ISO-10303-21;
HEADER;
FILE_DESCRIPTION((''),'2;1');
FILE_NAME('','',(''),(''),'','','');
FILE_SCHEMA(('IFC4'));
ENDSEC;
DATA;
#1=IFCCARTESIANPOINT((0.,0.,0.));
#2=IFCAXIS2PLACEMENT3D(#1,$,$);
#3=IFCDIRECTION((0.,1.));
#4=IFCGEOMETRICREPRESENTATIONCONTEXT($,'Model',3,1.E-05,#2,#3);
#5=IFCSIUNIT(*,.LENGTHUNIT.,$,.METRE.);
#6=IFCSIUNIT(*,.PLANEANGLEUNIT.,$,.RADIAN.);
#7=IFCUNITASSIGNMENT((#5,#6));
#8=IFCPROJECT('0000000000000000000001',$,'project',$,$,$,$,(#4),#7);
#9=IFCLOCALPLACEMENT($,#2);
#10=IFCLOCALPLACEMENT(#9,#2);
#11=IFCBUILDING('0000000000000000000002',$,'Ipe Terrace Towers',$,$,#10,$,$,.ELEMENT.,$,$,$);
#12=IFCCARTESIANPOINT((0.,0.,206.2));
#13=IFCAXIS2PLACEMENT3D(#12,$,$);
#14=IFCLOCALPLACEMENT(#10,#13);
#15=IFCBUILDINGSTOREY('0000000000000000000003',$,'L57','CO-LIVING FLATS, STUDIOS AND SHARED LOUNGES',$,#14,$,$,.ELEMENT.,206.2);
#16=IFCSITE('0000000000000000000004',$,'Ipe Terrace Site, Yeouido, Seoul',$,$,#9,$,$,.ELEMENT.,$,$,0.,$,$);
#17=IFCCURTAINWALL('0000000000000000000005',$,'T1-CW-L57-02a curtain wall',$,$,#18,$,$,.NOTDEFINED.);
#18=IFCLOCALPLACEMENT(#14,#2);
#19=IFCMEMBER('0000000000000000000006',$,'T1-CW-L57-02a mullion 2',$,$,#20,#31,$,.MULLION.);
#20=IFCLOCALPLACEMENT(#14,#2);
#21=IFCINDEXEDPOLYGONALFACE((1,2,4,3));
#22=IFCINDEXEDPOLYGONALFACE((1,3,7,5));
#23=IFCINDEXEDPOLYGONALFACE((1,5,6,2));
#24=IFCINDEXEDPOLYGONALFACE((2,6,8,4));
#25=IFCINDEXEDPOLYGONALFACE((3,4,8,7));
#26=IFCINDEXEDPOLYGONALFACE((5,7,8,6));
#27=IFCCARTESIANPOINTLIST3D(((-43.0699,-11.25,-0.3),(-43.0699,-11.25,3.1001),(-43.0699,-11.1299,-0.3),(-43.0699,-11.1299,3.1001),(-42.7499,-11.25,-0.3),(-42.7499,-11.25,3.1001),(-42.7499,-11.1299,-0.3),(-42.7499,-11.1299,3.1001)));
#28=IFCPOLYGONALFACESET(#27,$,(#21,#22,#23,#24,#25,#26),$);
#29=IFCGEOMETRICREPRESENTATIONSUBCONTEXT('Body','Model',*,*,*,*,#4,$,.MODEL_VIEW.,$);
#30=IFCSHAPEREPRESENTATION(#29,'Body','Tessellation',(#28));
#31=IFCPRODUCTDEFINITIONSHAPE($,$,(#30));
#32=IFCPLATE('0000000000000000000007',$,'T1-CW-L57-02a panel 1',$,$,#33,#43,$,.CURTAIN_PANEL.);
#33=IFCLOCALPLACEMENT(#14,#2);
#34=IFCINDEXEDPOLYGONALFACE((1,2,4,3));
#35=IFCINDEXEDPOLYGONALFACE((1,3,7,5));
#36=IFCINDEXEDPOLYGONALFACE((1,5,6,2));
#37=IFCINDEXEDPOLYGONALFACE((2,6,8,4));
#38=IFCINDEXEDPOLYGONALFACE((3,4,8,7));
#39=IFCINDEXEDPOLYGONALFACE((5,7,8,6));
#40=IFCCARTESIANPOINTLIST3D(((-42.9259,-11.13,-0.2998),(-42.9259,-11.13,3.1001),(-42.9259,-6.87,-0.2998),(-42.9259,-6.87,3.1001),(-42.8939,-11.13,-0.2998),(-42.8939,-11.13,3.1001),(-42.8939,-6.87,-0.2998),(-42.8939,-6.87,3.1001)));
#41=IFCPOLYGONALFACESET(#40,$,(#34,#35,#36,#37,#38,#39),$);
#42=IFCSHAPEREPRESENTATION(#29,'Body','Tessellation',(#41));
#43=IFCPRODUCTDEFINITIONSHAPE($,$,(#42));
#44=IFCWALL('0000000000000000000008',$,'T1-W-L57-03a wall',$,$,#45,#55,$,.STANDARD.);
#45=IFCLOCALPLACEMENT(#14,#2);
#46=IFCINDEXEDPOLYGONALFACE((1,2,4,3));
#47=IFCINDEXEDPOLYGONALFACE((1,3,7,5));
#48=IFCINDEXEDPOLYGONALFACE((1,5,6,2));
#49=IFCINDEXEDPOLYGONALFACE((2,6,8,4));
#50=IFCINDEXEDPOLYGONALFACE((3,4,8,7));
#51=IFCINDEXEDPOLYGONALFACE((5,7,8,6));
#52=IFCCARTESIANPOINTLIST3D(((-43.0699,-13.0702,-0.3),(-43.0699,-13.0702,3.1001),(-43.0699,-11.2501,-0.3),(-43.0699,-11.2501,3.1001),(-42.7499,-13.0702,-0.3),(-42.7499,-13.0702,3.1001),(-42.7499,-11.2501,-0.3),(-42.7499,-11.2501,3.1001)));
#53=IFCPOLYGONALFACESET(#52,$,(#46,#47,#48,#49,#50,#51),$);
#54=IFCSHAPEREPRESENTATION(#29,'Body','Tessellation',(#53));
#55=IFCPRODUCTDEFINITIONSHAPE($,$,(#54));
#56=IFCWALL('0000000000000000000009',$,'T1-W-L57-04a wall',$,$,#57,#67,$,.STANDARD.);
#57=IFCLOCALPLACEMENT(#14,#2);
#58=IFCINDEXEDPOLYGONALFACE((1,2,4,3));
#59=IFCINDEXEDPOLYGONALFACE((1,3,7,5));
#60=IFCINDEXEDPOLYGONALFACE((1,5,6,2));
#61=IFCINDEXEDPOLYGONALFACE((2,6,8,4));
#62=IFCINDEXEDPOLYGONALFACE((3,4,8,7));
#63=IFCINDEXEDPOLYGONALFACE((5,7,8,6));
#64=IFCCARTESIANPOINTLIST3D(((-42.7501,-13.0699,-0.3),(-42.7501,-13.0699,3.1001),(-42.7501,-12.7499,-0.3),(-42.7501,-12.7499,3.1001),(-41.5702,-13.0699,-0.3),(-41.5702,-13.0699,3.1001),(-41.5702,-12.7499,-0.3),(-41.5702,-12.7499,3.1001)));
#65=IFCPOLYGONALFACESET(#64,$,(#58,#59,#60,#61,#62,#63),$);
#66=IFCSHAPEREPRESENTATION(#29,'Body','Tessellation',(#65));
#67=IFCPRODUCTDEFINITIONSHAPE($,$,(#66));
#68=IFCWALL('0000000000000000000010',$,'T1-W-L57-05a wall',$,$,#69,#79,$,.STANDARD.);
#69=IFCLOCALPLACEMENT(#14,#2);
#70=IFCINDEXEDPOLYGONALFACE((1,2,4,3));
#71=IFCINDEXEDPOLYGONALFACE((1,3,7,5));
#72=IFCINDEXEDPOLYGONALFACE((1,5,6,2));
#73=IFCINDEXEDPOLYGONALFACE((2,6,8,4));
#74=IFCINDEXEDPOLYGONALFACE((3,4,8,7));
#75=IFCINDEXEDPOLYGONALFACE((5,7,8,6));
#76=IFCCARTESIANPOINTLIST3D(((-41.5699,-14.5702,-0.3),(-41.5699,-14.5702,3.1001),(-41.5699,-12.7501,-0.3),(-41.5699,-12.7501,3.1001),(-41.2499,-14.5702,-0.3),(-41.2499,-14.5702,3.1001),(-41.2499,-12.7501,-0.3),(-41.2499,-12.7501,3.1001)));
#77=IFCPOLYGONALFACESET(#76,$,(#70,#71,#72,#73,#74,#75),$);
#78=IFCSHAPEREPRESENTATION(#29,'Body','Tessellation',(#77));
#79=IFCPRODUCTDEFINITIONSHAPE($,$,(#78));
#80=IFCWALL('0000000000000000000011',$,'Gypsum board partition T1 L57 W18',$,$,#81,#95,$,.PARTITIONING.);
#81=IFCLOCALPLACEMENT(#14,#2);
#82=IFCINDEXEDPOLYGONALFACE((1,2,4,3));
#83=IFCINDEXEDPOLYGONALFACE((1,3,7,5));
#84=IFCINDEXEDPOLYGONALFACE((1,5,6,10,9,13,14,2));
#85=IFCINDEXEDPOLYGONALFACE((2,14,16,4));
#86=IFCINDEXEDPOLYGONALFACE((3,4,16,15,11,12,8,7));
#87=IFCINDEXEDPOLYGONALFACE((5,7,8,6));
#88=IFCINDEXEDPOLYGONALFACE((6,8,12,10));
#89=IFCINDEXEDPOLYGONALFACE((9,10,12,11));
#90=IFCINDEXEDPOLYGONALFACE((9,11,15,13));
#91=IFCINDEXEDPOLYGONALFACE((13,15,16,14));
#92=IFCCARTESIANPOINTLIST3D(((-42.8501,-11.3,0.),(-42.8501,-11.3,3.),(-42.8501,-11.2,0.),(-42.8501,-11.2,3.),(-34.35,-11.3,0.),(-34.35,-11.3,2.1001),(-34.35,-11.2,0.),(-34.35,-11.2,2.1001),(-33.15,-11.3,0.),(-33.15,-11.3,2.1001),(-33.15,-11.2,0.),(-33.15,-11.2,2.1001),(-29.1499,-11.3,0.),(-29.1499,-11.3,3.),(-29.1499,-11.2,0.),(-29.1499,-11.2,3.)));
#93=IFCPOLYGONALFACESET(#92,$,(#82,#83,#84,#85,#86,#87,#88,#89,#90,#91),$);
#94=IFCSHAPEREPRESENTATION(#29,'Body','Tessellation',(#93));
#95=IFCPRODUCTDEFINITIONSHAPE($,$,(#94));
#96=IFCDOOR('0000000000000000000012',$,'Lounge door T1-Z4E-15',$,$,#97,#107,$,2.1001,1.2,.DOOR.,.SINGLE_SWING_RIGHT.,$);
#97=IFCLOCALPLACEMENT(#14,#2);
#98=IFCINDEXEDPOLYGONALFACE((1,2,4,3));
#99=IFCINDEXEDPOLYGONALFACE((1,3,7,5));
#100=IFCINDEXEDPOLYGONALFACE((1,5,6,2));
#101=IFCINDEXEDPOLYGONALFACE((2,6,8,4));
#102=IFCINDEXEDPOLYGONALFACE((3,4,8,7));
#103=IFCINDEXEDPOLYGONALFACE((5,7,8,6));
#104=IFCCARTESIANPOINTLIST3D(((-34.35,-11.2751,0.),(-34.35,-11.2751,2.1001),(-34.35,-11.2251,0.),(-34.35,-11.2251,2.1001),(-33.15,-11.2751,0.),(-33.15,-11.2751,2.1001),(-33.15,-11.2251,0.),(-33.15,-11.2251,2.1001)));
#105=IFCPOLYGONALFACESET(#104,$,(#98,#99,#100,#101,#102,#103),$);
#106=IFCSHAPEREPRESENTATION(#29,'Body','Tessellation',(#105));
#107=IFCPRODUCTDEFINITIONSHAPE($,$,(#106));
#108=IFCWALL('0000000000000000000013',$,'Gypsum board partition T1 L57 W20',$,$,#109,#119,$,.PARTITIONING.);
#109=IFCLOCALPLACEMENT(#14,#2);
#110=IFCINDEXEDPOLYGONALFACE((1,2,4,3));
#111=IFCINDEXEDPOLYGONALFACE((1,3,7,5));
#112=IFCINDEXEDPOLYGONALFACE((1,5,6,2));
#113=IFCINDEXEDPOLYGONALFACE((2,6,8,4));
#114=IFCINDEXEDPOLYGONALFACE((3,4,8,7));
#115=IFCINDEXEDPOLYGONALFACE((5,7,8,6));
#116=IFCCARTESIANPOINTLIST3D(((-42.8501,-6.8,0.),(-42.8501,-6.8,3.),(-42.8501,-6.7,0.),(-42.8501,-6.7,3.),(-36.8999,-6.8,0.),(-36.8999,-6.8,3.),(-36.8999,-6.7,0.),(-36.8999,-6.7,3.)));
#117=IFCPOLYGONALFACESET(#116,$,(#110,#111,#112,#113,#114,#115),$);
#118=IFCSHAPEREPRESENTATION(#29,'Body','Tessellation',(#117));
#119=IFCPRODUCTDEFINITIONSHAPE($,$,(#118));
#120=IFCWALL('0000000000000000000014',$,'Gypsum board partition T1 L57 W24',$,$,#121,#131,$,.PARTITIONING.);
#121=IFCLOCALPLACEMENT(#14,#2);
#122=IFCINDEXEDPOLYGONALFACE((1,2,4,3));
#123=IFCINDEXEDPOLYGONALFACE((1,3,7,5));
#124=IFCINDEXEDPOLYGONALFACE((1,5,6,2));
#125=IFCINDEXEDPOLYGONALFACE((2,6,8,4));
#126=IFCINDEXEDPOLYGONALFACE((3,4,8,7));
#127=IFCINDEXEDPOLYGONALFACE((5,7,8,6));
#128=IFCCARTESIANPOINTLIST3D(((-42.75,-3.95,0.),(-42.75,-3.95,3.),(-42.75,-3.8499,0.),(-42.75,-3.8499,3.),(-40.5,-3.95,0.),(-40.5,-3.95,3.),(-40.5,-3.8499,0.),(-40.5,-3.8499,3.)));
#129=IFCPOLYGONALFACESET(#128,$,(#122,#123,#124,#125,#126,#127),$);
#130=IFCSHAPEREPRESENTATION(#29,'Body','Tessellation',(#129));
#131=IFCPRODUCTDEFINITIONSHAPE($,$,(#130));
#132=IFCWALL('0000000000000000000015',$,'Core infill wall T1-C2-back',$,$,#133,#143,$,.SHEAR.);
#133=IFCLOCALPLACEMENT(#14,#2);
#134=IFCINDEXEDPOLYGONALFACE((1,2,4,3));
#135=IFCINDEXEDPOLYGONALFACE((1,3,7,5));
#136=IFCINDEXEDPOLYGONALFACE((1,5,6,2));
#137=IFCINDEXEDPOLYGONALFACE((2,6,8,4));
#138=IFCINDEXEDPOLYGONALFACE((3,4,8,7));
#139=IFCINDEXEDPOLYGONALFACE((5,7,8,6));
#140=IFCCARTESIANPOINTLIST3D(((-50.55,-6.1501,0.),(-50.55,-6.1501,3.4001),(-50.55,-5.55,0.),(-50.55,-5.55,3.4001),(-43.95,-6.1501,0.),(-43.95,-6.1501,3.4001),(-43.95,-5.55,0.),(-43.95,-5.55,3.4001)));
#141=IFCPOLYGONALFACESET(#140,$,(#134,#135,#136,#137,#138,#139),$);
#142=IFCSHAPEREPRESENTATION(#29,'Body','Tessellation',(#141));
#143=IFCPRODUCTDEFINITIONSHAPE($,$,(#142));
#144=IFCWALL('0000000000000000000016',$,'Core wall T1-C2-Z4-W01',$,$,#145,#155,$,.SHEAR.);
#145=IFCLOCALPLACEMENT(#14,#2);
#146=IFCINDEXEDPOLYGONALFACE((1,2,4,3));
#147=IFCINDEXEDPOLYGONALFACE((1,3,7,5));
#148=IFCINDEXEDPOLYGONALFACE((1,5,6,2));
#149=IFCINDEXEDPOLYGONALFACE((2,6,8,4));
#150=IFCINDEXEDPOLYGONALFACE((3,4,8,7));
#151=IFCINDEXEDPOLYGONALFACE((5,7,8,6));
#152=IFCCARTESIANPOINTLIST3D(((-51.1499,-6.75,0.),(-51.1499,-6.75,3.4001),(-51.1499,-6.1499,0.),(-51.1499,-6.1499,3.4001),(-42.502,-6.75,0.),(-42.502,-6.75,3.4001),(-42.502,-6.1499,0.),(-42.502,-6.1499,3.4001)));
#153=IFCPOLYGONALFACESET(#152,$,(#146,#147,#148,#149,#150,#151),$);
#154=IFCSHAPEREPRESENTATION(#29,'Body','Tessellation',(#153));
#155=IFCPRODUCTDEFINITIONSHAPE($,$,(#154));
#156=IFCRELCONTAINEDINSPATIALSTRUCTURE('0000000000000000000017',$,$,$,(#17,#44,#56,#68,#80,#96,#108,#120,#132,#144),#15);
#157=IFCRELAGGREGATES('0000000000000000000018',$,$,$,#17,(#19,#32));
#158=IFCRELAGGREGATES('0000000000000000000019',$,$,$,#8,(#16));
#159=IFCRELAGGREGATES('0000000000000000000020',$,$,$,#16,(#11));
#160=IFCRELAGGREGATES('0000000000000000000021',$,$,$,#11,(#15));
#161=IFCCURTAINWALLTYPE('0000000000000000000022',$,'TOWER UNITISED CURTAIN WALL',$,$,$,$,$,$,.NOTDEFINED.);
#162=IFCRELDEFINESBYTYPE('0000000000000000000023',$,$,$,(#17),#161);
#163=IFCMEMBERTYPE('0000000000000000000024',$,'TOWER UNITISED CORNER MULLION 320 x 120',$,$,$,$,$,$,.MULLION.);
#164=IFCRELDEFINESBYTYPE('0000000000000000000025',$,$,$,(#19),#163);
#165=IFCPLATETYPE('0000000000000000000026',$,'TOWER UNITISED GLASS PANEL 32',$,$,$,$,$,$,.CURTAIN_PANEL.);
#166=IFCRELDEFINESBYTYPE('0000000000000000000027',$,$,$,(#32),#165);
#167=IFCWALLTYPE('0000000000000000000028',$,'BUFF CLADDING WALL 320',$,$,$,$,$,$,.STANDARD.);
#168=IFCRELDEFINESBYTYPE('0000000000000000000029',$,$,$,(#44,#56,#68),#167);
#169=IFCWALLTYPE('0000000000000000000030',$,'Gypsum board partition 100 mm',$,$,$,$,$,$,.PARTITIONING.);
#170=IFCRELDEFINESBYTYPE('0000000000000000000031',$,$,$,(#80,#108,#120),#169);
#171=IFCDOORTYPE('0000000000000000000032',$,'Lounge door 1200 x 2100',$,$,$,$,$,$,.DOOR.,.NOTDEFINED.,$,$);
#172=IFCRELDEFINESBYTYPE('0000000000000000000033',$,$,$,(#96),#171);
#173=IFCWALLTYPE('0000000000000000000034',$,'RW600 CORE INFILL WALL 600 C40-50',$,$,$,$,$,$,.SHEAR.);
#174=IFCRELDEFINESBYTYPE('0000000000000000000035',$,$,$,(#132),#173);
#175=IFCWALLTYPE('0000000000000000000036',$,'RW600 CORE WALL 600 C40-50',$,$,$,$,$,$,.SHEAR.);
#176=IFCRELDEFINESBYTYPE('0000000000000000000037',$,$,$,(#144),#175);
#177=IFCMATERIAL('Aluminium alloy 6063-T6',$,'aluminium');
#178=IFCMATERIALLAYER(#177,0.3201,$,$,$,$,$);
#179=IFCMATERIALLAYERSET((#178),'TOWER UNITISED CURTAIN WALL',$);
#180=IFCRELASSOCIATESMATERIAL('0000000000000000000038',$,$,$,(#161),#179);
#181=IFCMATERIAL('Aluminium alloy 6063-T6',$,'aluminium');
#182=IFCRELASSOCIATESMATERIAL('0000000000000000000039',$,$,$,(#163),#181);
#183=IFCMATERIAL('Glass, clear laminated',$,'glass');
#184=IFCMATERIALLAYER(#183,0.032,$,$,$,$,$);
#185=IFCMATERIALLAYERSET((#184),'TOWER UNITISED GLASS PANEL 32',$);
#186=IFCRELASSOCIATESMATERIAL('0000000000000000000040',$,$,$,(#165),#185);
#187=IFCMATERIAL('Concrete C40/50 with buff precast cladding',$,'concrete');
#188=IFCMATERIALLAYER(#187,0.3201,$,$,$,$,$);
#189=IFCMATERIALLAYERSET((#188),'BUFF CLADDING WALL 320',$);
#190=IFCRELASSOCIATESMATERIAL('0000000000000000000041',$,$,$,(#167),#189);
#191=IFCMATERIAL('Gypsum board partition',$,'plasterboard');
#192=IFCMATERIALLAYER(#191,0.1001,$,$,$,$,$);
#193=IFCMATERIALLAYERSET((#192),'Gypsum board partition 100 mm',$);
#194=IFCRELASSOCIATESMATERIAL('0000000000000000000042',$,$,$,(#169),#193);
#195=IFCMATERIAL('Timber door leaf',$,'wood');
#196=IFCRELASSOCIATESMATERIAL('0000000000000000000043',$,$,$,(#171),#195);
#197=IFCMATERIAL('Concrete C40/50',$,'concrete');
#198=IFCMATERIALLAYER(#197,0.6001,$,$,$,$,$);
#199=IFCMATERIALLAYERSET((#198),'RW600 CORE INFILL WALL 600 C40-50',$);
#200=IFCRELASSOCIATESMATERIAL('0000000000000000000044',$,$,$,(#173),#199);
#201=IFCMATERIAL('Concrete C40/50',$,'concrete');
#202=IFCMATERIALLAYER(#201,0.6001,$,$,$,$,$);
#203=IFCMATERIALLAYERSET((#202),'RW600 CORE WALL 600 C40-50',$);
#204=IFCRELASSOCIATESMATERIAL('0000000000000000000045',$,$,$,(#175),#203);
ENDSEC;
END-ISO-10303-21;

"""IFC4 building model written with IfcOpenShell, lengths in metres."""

from ifc_helpers import new_model, si_unit, direction, frame, frame_2d, origin, origin_2d, place, context, subcontext, project, spatial, rectangle, extrude, material, layer, layer_set, material_profile, profile_set, type_object, element, fill, aggregate, save


model = new_model("IFC4")

# Units and contexts
model_context = context("Model", 3, precision=1e-05, world=origin(), true_north=direction((0.0, 1.0)))
body_context = subcontext(model_context, "Body", "Model", "MODEL_VIEW")
ifc_project = project(units=[si_unit("LENGTHUNIT", "METRE"), si_unit("PLANEANGLEUNIT", "RADIAN")], contexts=[model_context])

# Site, building, storey
site_placement = place(None, origin())
site = spatial("IfcSite", under=ifc_project, at=site_placement, Name="Ipe Terrace Site, Yeouido, Seoul", CompositionType="ELEMENT", RefElevation=0.0)
building_placement = place(site_placement, origin())
building = spatial("IfcBuilding", under=site, at=building_placement, Name="Ipe Terrace Towers", CompositionType="ELEMENT")
storey_placement = place(building_placement, frame((0.0, 0.0, 206.2)))
storey = spatial("IfcBuildingStorey", under=building, at=storey_placement, Name="L57", Description="CO-LIVING FLATS, STUDIOS AND SHARED LOUNGES", CompositionType="ELEMENT", Elevation=206.2)

# Curtain wall, member, plate
ifc_material_1 = material(Name="Aluminium alloy 6063-T6", Category="aluminium")
ifc_layer_1 = layer(ifc_material_1, 0.3201)
ifc_layer_set_1 = layer_set([ifc_layer_1], Name="TOWER UNITISED CURTAIN WALL")
curtain_wall_type = type_object("IfcCurtainWallType", Name="TOWER UNITISED CURTAIN WALL", PredefinedType="NOTDEFINED", material=ifc_layer_set_1)
curtain_wall_placement = place(storey_placement, origin())
curtain_wall = element("IfcCurtainWall", 1, at=curtain_wall_placement, inside=storey, type_object=curtain_wall_type, Name="T1-CW-L57-02a curtain wall", PredefinedType="NOTDEFINED")
ifc_material_2 = material(Name="Aluminium alloy 6063-T6", Category="aluminium")
ifc_material_profile_1 = material_profile(ifc_material_2, rectangle(XDim=0.3201, YDim=0.1201, at=origin_2d()), Name="TOWER UNITISED CORNER MULLION 320 x 120")
ifc_profile_set_1 = profile_set([ifc_material_profile_1], Name="Aluminium alloy 6063-T6")
member_type = type_object("IfcMemberType", Name="TOWER UNITISED CORNER MULLION 320 x 120", PredefinedType="MULLION", material=ifc_profile_set_1)
member_1_placement = place(storey_placement, frame((-42.9099, -11.1899, -0.3), z_axis=(0.0, 0.0, 1.0), x_axis=(-1.0, 0.0, 0.0)))
member_1 = element("IfcMember", 2, at=member_1_placement, type_object=member_type, Name="T1-CW-L57-02a mullion 2", PredefinedType="MULLION", context=body_context, shape_type="SweptSolid", body=[
    extrude(rectangle(XDim=0.3201, YDim=0.1201, at=origin_2d()), origin(), (0.0, 0.0, 1.0), 3.4001),
])
ifc_material_3 = material(Name="Glass, clear laminated", Category="glass")
ifc_layer_2 = layer(ifc_material_3, 0.032)
ifc_layer_set_2 = layer_set([ifc_layer_2], Name="TOWER UNITISED GLASS PANEL 32")
plate_type = type_object("IfcPlateType", Name="TOWER UNITISED GLASS PANEL 32", PredefinedType="CURTAIN_PANEL", material=ifc_layer_set_2)
plate_placement = place(storey_placement, frame((-42.9099, -9.0, -0.2998), z_axis=(0.0, 0.0, 1.0), x_axis=(0.0, -1.0, 0.0)))
plate = element("IfcPlate", 3, at=plate_placement, type_object=plate_type, Name="T1-CW-L57-02a panel 1", PredefinedType="CURTAIN_PANEL", context=body_context, shape_type="SweptSolid", body=[
    extrude(rectangle(XDim=4.26, YDim=0.032, at=origin_2d()), origin(), (0.0, 0.0, 1.0), 3.3999),
])
aggregate(curtain_wall, [member_1, plate])

# Walls
ifc_material_4 = material(Name="Concrete C40/50 with buff precast cladding", Category="concrete")
ifc_layer_3 = layer(ifc_material_4, 0.3201)
ifc_layer_set_3 = layer_set([ifc_layer_3], Name="BUFF CLADDING WALL 320")
wall_type_1 = type_object("IfcWallType", Name="BUFF CLADDING WALL 320", PredefinedType="STANDARD", material=ifc_layer_set_3)
wall_1_placement = place(storey_placement, frame((-42.9099, -11.25, -0.3), z_axis=(0.0, 0.0, 1.0), x_axis=(0.0, -1.0, 0.0)))
element("IfcWall", 4, at=wall_1_placement, inside=storey, type_object=wall_type_1, Name="T1-W-L57-03a wall", PredefinedType="STANDARD", context=body_context, shape_type="SweptSolid", body=[
    extrude(rectangle(XDim=1.8201, YDim=0.3201, at=frame_2d((0.9102, 0.0))), origin(), (0.0, 0.0, 1.0), 3.4001),
])
wall_2_placement = place(storey_placement, frame((-42.75, -12.9099, -0.3), z_axis=(0.0, 0.0, 1.0), x_axis=(1.0, 0.0, 0.0)))
element("IfcWall", 5, at=wall_2_placement, inside=storey, type_object=wall_type_1, Name="T1-W-L57-04a wall", PredefinedType="STANDARD", context=body_context, shape_type="SweptSolid", body=[
    extrude(rectangle(XDim=1.1799, YDim=0.3201, at=frame_2d((0.5898, 0.0))), origin(), (0.0, 0.0, 1.0), 3.4001),
])
wall_3_placement = place(storey_placement, frame((-41.4099, -12.75, -0.3), z_axis=(0.0, 0.0, 1.0), x_axis=(0.0, -1.0, 0.0)))
element("IfcWall", 6, at=wall_3_placement, inside=storey, type_object=wall_type_1, Name="T1-W-L57-05a wall", PredefinedType="STANDARD", context=body_context, shape_type="SweptSolid", body=[
    extrude(rectangle(XDim=1.8201, YDim=0.3201, at=frame_2d((0.9102, 0.0))), origin(), (0.0, 0.0, 1.0), 3.4001),
])

# Wall, opening, door
ifc_material_5 = material(Name="Gypsum board partition", Category="plasterboard")
ifc_layer_4 = layer(ifc_material_5, 0.1001)
ifc_layer_set_4 = layer_set([ifc_layer_4], Name="Gypsum board partition 100 mm")
wall_type_2 = type_object("IfcWallType", Name="Gypsum board partition 100 mm", PredefinedType="PARTITIONING", material=ifc_layer_set_4)
wall_4_placement = place(storey_placement, frame((-42.8501, -11.25, 0.0), z_axis=(0.0, 0.0, 1.0), x_axis=(1.0, 0.0, 0.0)))
wall_4 = element("IfcWall", 7, at=wall_4_placement, inside=storey, type_object=wall_type_2, Name="Gypsum board partition T1 L57 W18", PredefinedType="PARTITIONING", context=body_context, shape_type="SweptSolid", body=[
    extrude(rectangle(XDim=13.7002, YDim=0.1001, at=frame_2d((6.8501, 0.0))), origin(), (0.0, 0.0, 1.0), 3.0),
])
opening_1_placement = place(wall_4_placement, frame((8.5, 0.0, 0.0)))
opening_1 = element("IfcOpeningElement", 8, at=opening_1_placement, cuts=wall_4, PredefinedType="OPENING", context=body_context, shape_type="SweptSolid", body=[
    extrude(rectangle(XDim=1.2, YDim=2.1001, at=frame_2d((0.6001, 1.05))), frame((0.0, 0.0601, 0.0), z_axis=(0.0, -1.0, 0.0), x_axis=(1.0, 0.0, 0.0)), (0.0, 0.0, 1.0), 0.1201),
])
ifc_material_6 = material(Name="Timber door leaf", Category="wood")
door_type_1 = type_object("IfcDoorType", Name="Lounge door 1200 x 2100", OperationType="NOTDEFINED", PredefinedType="DOOR", material=ifc_material_6)
door_1_placement = place(opening_1_placement, origin())
door_1 = element("IfcDoor", 9, at=door_1_placement, inside=storey, type_object=door_type_1, Name="Lounge door T1-Z4E-15", OperationType="SINGLE_SWING_RIGHT", OverallHeight=2.1001, OverallWidth=1.2, PredefinedType="DOOR", context=body_context, shape_type="SweptSolid", body=[
    extrude(rectangle(XDim=1.2, YDim=2.1001, at=frame_2d((0.6001, 1.05))), frame((0.0, 0.0249, 0.0), z_axis=(0.0, -1.0, 0.0), x_axis=(1.0, 0.0, 0.0)), (0.0, 0.0, 1.0), 0.05),
])
fill(opening_1, door_1)

# Walls
wall_5_placement = place(storey_placement, frame((-42.8501, -6.75, 0.0), z_axis=(0.0, 0.0, 1.0), x_axis=(1.0, 0.0, 0.0)))
element("IfcWall", 10, at=wall_5_placement, inside=storey, type_object=wall_type_2, Name="Gypsum board partition T1 L57 W20", PredefinedType="PARTITIONING", context=body_context, shape_type="SweptSolid", body=[
    extrude(rectangle(XDim=5.9502, YDim=0.1001, at=frame_2d((2.9751, 0.0))), origin(), (0.0, 0.0, 1.0), 3.0),
])
wall_6_placement = place(storey_placement, frame((-42.75, -3.8999, 0.0), z_axis=(0.0, 0.0, 1.0), x_axis=(1.0, 0.0, 0.0)))
element("IfcWall", 11, at=wall_6_placement, inside=storey, type_object=wall_type_2, Name="Gypsum board partition T1 L57 W24", PredefinedType="PARTITIONING", context=body_context, shape_type="SweptSolid", body=[
    extrude(rectangle(XDim=2.25, YDim=0.1001, at=frame_2d((1.125, 0.0))), origin(), (0.0, 0.0, 1.0), 3.0),
])
ifc_material_7 = material(Name="Concrete C40/50", Category="concrete")
ifc_layer_5 = layer(ifc_material_7, 0.6001)
ifc_layer_set_5 = layer_set([ifc_layer_5], Name="RW600 CORE INFILL WALL 600 C40-50")
wall_type_3 = type_object("IfcWallType", Name="RW600 CORE INFILL WALL 600 C40-50", PredefinedType="SHEAR", material=ifc_layer_set_5)
wall_7_placement = place(storey_placement, frame((-43.95, -5.8501, 0.0), z_axis=(0.0, 0.0, 1.0), x_axis=(-1.0, 0.0, 0.0)))
element("IfcWall", 12, at=wall_7_placement, inside=storey, type_object=wall_type_3, Name="Core infill wall T1-C2-back", PredefinedType="SHEAR", context=body_context, shape_type="SweptSolid", body=[
    extrude(rectangle(XDim=6.6001, YDim=0.6001, at=frame_2d((3.3, 0.0))), origin(), (0.0, 0.0, 1.0), 3.4001),
])
ifc_material_8 = material(Name="Concrete C40/50", Category="concrete")
ifc_layer_6 = layer(ifc_material_8, 0.6001)
ifc_layer_set_6 = layer_set([ifc_layer_6], Name="RW600 CORE WALL 600 C40-50")
wall_type_4 = type_object("IfcWallType", Name="RW600 CORE WALL 600 C40-50", PredefinedType="SHEAR", material=ifc_layer_set_6)
wall_8_placement = place(storey_placement, frame((-51.1499, -6.45, 0.0), z_axis=(0.0, 0.0, 1.0), x_axis=(1.0, 0.0, 0.0)))
element("IfcWall", 13, at=wall_8_placement, inside=storey, type_object=wall_type_4, Name="Core wall T1-C2-Z4-W01", PredefinedType="SHEAR", context=body_context, shape_type="SweptSolid", body=[
    extrude(rectangle(XDim=8.6479, YDim=0.6001, at=frame_2d((4.324, 0.0))), origin(), (0.0, 0.0, 1.0), 3.4001),
])

save(model, "model.ifc")
